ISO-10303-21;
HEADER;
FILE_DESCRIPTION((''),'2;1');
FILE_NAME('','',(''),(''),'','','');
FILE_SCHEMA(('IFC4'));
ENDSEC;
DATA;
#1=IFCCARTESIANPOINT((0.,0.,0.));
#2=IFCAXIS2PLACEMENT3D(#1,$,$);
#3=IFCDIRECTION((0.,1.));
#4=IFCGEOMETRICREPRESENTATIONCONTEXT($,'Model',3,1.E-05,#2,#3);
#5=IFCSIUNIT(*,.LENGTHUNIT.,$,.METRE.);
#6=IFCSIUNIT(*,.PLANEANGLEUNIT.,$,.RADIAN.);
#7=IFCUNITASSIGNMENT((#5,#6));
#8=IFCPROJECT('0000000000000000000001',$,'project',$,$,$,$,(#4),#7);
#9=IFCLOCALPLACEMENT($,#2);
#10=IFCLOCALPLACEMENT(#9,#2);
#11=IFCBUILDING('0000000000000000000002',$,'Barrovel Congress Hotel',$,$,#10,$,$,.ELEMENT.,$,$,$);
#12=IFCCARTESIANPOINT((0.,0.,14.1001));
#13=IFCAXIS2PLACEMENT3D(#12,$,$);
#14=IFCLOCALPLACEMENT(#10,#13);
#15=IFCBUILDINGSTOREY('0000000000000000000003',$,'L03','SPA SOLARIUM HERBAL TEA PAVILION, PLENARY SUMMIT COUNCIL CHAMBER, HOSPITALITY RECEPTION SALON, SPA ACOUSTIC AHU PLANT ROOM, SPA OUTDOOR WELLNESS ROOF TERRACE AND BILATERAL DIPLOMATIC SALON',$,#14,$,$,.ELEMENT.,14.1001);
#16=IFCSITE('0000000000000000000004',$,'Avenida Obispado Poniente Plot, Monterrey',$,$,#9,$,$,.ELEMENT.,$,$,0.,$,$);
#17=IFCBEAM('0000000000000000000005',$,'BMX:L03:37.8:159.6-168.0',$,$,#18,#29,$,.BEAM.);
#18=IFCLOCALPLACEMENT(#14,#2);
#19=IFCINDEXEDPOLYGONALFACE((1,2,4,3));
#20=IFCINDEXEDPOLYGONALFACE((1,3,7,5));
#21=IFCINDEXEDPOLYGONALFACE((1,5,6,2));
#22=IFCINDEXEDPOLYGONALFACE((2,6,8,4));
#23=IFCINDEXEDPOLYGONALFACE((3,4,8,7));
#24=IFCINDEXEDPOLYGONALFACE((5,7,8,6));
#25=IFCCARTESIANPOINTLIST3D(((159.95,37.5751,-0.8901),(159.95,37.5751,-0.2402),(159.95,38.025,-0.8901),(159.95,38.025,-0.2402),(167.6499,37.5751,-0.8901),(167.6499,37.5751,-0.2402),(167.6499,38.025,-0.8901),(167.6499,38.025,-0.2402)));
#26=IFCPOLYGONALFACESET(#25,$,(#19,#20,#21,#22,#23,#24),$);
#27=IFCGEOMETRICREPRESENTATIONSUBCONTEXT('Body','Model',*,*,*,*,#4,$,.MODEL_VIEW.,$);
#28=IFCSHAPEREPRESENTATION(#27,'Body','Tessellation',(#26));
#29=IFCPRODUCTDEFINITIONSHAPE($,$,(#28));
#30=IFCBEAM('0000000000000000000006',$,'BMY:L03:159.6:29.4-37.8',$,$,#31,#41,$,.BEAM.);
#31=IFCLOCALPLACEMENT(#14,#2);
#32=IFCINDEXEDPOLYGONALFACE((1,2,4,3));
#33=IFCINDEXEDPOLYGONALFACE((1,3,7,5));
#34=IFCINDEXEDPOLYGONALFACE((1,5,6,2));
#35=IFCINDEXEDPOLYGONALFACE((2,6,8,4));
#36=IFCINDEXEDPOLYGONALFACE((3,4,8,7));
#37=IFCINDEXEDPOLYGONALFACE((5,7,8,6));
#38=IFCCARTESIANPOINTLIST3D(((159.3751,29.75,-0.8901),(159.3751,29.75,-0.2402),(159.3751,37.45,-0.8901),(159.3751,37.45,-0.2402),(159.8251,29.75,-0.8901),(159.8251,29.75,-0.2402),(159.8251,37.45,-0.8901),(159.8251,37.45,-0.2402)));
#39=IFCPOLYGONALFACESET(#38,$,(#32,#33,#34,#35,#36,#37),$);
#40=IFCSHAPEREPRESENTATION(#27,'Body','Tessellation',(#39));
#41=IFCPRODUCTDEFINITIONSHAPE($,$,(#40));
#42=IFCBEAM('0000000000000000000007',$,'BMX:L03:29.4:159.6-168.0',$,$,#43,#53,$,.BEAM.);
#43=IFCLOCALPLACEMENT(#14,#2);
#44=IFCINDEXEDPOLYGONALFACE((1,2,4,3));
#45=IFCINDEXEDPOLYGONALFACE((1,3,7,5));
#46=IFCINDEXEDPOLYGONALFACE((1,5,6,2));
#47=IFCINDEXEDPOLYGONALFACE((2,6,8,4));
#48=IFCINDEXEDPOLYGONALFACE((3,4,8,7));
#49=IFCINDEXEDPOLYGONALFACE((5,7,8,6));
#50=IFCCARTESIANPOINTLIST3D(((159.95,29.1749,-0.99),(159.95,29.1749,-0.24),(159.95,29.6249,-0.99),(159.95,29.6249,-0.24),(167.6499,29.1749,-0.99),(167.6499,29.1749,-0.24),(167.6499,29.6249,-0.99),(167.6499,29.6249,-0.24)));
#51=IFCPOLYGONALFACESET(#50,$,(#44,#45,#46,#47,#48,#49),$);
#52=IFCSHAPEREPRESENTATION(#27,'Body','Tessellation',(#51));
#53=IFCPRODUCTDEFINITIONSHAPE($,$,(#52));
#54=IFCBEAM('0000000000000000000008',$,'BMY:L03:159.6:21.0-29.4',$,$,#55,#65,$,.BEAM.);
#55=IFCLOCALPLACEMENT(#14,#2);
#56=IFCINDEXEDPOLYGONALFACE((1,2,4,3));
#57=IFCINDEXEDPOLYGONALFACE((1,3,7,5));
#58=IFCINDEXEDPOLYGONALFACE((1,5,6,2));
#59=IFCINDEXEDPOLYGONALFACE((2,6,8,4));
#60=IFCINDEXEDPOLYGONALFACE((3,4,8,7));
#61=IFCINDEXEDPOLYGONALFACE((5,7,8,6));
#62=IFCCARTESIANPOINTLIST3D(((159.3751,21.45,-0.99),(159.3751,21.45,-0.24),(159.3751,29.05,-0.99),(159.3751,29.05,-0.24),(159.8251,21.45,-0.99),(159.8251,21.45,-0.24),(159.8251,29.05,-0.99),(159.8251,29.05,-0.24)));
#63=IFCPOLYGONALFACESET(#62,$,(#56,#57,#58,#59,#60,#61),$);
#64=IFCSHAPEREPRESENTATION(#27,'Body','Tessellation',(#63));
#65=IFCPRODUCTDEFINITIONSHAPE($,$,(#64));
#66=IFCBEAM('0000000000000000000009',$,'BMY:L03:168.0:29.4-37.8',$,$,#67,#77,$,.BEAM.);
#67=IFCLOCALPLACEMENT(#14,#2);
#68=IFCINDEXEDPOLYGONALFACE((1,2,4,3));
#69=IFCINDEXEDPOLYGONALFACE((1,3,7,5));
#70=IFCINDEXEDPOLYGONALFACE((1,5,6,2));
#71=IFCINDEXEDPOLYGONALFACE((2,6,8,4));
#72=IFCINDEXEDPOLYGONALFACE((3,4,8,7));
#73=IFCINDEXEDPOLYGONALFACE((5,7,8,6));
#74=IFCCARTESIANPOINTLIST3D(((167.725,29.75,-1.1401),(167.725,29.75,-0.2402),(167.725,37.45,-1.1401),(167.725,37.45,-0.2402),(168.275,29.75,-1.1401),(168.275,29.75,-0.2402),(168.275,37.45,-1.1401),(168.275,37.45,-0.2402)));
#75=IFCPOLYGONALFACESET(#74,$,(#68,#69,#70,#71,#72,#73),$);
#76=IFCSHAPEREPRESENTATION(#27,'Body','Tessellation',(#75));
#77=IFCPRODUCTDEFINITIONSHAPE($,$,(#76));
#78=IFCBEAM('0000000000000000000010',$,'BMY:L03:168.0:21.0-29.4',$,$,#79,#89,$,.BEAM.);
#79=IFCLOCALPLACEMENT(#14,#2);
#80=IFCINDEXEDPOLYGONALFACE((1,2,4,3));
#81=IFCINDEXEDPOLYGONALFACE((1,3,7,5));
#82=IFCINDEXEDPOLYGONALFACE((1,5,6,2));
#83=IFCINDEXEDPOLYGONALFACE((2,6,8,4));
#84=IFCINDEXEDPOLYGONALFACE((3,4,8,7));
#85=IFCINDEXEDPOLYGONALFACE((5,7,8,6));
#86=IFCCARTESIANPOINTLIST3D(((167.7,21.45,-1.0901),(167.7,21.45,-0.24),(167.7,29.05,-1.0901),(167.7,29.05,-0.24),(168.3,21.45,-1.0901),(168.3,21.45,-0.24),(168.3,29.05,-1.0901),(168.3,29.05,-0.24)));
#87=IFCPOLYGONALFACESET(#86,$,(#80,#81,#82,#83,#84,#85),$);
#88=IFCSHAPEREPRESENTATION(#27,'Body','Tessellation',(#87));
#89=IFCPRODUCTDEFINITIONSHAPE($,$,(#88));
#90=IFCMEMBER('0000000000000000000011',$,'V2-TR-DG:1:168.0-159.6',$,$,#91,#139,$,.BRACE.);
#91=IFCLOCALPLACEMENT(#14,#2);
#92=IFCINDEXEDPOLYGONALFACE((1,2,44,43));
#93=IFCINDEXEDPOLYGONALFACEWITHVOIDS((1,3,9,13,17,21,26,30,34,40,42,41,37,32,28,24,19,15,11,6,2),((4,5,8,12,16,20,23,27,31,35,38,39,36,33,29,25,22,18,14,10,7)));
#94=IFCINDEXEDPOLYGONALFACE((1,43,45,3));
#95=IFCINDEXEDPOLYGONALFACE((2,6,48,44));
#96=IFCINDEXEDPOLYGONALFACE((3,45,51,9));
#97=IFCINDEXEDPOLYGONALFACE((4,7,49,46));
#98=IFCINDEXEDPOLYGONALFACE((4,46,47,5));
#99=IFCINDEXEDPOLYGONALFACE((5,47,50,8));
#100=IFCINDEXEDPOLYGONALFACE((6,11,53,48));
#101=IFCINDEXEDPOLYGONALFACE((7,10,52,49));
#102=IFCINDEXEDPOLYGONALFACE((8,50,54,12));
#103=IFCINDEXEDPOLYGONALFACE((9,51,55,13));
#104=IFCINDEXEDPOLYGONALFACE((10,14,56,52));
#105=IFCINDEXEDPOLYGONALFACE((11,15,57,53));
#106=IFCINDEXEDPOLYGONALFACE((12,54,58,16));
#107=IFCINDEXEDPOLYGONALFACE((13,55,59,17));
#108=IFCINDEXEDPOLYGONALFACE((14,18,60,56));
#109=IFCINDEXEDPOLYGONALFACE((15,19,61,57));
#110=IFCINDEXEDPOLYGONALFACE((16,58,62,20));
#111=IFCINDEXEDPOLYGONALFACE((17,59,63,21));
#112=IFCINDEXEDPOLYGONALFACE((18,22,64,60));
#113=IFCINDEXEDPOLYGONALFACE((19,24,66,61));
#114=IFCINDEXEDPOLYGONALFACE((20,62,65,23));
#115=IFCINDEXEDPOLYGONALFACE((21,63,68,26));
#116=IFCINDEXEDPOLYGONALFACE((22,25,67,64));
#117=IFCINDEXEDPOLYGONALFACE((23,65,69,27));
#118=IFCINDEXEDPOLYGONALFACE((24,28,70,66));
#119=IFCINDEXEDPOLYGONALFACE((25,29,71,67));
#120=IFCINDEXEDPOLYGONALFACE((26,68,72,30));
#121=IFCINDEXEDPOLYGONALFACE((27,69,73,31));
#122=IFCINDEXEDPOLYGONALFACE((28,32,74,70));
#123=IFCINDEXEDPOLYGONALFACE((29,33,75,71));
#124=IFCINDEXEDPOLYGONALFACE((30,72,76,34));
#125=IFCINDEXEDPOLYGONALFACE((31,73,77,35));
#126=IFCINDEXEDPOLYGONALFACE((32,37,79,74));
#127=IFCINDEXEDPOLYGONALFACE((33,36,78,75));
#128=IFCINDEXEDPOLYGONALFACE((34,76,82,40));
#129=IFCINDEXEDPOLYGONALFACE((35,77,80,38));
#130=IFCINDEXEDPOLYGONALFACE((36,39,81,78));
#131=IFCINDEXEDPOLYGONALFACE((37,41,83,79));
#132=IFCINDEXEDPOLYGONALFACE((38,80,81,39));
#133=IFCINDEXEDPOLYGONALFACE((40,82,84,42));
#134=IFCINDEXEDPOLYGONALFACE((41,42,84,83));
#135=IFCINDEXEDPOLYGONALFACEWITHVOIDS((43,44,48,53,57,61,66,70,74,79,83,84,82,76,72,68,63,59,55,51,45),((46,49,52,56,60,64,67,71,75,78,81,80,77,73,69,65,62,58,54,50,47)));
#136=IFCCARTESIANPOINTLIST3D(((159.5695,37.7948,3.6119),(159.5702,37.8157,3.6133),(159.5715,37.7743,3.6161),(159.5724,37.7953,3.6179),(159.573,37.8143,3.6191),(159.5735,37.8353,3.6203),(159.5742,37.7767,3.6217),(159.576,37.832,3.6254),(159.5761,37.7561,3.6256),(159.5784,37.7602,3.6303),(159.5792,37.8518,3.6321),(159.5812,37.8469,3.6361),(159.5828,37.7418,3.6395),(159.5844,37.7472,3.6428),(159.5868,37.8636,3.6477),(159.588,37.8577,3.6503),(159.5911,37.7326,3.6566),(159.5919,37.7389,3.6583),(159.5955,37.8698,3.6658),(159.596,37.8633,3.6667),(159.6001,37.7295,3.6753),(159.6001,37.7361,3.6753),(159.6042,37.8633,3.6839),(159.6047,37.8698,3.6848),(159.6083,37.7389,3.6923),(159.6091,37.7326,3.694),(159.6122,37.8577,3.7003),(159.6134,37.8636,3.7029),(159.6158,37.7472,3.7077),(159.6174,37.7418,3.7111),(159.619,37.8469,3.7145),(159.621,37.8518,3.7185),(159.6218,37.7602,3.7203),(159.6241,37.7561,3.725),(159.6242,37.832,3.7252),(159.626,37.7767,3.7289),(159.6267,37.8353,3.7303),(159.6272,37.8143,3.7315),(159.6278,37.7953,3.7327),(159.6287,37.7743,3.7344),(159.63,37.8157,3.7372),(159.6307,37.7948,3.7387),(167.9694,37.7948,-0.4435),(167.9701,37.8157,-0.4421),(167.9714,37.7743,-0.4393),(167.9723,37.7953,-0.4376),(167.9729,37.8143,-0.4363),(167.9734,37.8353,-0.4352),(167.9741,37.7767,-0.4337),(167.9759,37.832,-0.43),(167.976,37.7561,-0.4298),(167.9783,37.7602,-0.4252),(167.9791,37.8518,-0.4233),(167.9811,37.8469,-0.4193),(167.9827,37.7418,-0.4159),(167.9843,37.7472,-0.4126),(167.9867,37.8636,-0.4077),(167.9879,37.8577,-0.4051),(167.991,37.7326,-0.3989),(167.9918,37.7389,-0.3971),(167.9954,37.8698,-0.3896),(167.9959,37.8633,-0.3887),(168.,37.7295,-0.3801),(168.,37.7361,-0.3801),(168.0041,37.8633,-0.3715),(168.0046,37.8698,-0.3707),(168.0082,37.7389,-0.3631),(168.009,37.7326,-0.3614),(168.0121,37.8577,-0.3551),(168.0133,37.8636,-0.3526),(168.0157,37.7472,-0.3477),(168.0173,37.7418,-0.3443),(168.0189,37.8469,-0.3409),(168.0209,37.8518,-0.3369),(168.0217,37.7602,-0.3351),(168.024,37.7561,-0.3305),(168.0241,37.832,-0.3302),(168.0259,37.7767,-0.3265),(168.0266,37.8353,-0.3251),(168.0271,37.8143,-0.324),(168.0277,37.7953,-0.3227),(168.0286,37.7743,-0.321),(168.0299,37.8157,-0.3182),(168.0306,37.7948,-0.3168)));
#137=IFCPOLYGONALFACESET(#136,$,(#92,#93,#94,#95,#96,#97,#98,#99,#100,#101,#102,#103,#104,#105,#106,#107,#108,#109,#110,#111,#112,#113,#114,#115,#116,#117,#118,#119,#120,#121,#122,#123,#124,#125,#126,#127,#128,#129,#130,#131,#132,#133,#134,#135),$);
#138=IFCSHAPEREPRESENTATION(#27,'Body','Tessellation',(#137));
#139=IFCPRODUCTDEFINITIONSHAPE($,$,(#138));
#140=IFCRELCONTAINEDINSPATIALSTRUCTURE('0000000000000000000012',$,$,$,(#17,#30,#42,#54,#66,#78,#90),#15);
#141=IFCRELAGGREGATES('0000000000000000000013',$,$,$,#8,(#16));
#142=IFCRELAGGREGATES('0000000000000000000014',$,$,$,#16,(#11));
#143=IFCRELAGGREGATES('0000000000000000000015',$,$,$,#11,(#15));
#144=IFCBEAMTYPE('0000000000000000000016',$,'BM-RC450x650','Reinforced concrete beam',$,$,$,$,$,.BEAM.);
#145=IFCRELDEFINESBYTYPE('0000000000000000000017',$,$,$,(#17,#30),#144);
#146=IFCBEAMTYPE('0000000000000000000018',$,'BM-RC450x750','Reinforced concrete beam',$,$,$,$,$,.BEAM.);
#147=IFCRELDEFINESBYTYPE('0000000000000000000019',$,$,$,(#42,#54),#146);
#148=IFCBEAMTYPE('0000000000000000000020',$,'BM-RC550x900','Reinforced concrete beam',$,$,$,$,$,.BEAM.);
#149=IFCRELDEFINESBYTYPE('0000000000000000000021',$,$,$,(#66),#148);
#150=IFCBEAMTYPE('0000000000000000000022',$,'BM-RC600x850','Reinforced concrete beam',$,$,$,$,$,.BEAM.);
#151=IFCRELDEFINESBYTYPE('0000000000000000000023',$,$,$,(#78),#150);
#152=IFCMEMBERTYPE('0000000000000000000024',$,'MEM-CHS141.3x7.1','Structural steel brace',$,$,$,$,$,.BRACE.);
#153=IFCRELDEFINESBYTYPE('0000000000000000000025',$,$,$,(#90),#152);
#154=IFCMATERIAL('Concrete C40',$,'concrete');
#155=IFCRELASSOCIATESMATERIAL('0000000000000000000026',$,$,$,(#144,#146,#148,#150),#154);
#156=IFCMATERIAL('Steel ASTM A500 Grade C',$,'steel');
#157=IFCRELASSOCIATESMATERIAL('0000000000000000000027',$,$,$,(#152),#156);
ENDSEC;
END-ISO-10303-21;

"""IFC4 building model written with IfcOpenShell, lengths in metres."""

from ifc_helpers import new_model, si_unit, direction, frame, origin, origin_2d, place, context, subcontext, project, spatial, rectangle, hollow_circle, extrude, material, material_profile, profile_set, type_object, element, save


model = new_model("IFC4")

# Units and contexts
model_context = context("Model", 3, precision=1e-05, world=origin(), true_north=direction((0.0, 1.0)))
body_context = subcontext(model_context, "Body", "Model", "MODEL_VIEW")
ifc_project = project(units=[si_unit("LENGTHUNIT", "METRE"), si_unit("PLANEANGLEUNIT", "RADIAN")], contexts=[model_context])

# Site, building, storey
site_placement = place(None, origin())
site = spatial("IfcSite", under=ifc_project, at=site_placement, Name="Avenida Obispado Poniente Plot, Monterrey", CompositionType="ELEMENT", RefElevation=0.0)
building_placement = place(site_placement, origin())
building = spatial("IfcBuilding", under=site, at=building_placement, Name="Barrovel Congress Hotel", CompositionType="ELEMENT")
storey_placement = place(building_placement, frame((0.0, 0.0, 14.1001)))
storey = spatial("IfcBuildingStorey", under=building, at=storey_placement, Name="L03", Description="SPA SOLARIUM HERBAL TEA PAVILION, PLENARY SUMMIT COUNCIL CHAMBER, HOSPITALITY RECEPTION SALON, SPA ACOUSTIC AHU PLANT ROOM, SPA OUTDOOR WELLNESS ROOF TERRACE AND BILATERAL DIPLOMATIC SALON", CompositionType="ELEMENT", Elevation=14.1001)

# Shared definitions
ifc_material_1 = material(Name="Concrete C40", Category="concrete")

# Beams
ifc_material_profile_1 = material_profile(ifc_material_1, rectangle(XDim=0.45, YDim=0.6499, at=origin_2d()), Name="RC450x650")
ifc_profile_set_1 = profile_set([ifc_material_profile_1], Name="Concrete C40")
beam_type_1 = type_object("IfcBeamType", Name="BM-RC450x650", Description="Reinforced concrete beam", PredefinedType="BEAM", material=ifc_profile_set_1)
for number, where, z_axis, x_axis, name in (
    (1, (159.95, 37.8, -0.5652), (1.0, 0.0, 0.0), (0.0, 1.0, 0.0), "BMX:L03:37.8:159.6-168.0"),
    (2, (159.6001, 29.75, -0.5652), (0.0, 1.0, 0.0), (-1.0, 0.0, 0.0), "BMY:L03:159.6:29.4-37.8"),
):
    element("IfcBeam", number, at=place(storey_placement, frame(where, z_axis=z_axis, x_axis=x_axis)), inside=storey, type_object=beam_type_1, Name=name, PredefinedType="BEAM", context=body_context, shape_type="SweptSolid", body=[
        extrude(rectangle(XDim=0.45, YDim=0.6499, at=origin_2d()), origin(), (0.0, 0.0, 1.0), 7.7),
    ])
ifc_material_profile_2 = material_profile(ifc_material_1, rectangle(XDim=0.45, YDim=0.75, at=origin_2d()), Name="RC450x750")
ifc_profile_set_2 = profile_set([ifc_material_profile_2], Name="Concrete C40")
beam_type_2 = type_object("IfcBeamType", Name="BM-RC450x750", Description="Reinforced concrete beam", PredefinedType="BEAM", material=ifc_profile_set_2)
beam_1_placement = place(storey_placement, frame((159.95, 29.3999, -0.615), z_axis=(1.0, 0.0, 0.0), x_axis=(0.0, 1.0, 0.0)))
element("IfcBeam", 3, at=beam_1_placement, inside=storey, type_object=beam_type_2, Name="BMX:L03:29.4:159.6-168.0", PredefinedType="BEAM", context=body_context, shape_type="SweptSolid", body=[
    extrude(rectangle(XDim=0.45, YDim=0.75, at=origin_2d()), origin(), (0.0, 0.0, 1.0), 7.7),
])
beam_2_placement = place(storey_placement, frame((159.6001, 21.45, -0.615), z_axis=(0.0, 1.0, 0.0), x_axis=(-1.0, 0.0, 0.0)))
element("IfcBeam", 4, at=beam_2_placement, inside=storey, type_object=beam_type_2, Name="BMY:L03:159.6:21.0-29.4", PredefinedType="BEAM", context=body_context, shape_type="SweptSolid", body=[
    extrude(rectangle(XDim=0.45, YDim=0.75, at=origin_2d()), origin(), (0.0, 0.0, 1.0), 7.6001),
])
ifc_material_profile_3 = material_profile(ifc_material_1, rectangle(XDim=0.55, YDim=0.8999, at=origin_2d()), Name="RC550x900")
ifc_profile_set_3 = profile_set([ifc_material_profile_3], Name="Concrete C40")
beam_type_3 = type_object("IfcBeamType", Name="BM-RC550x900", Description="Reinforced concrete beam", PredefinedType="BEAM", material=ifc_profile_set_3)
beam_3_placement = place(storey_placement, frame((168.0, 29.75, -0.6902), z_axis=(0.0, 1.0, 0.0), x_axis=(-1.0, 0.0, 0.0)))
element("IfcBeam", 5, at=beam_3_placement, inside=storey, type_object=beam_type_3, Name="BMY:L03:168.0:29.4-37.8", PredefinedType="BEAM", context=body_context, shape_type="SweptSolid", body=[
    extrude(rectangle(XDim=0.55, YDim=0.8999, at=origin_2d()), origin(), (0.0, 0.0, 1.0), 7.7),
])
ifc_material_profile_4 = material_profile(ifc_material_1, rectangle(XDim=0.6001, YDim=0.8501, at=origin_2d()), Name="RC600x850")
ifc_profile_set_4 = profile_set([ifc_material_profile_4], Name="Concrete C40")
beam_type_4 = type_object("IfcBeamType", Name="BM-RC600x850", Description="Reinforced concrete beam", PredefinedType="BEAM", material=ifc_profile_set_4)
beam_4_placement = place(storey_placement, frame((168.0, 21.45, -0.665), z_axis=(0.0, 1.0, 0.0), x_axis=(-1.0, 0.0, 0.0)))
element("IfcBeam", 6, at=beam_4_placement, inside=storey, type_object=beam_type_4, Name="BMY:L03:168.0:21.0-29.4", PredefinedType="BEAM", context=body_context, shape_type="SweptSolid", body=[
    extrude(rectangle(XDim=0.6001, YDim=0.8501, at=origin_2d()), origin(), (0.0, 0.0, 1.0), 7.6001),
])

# Member
ifc_material_2 = material(Name="Steel ASTM A500 Grade C", Category="steel")
ifc_material_profile_5 = material_profile(ifc_material_2, hollow_circle(Radius=0.0706, WallThickness=0.0066, at=origin_2d()), Name="CHS141.3x7.1")
ifc_profile_set_5 = profile_set([ifc_material_profile_5], Name="Steel ASTM A500 Grade C")
member_type_1 = type_object("IfcMemberType", Name="MEM-CHS141.3x7.1", Description="Structural steel brace", PredefinedType="BRACE", material=ifc_profile_set_5)
member_placement = place(storey_placement, frame((168.0, 37.8, -0.3801), z_axis=(-0.900539, 0.0, 0.434775), x_axis=(0.0, -1.0, 0.0)))
element("IfcMember", 7, at=member_placement, inside=storey, type_object=member_type_1, Name="V2-TR-DG:1:168.0-159.6", PredefinedType="BRACE", context=body_context, shape_type="SweptSolid", body=[
    extrude(hollow_circle(Radius=0.0706, WallThickness=0.0066, at=origin_2d()), origin(), (0.0, 0.0, 1.0), 9.3276),
])

save(model, "model.ifc")
